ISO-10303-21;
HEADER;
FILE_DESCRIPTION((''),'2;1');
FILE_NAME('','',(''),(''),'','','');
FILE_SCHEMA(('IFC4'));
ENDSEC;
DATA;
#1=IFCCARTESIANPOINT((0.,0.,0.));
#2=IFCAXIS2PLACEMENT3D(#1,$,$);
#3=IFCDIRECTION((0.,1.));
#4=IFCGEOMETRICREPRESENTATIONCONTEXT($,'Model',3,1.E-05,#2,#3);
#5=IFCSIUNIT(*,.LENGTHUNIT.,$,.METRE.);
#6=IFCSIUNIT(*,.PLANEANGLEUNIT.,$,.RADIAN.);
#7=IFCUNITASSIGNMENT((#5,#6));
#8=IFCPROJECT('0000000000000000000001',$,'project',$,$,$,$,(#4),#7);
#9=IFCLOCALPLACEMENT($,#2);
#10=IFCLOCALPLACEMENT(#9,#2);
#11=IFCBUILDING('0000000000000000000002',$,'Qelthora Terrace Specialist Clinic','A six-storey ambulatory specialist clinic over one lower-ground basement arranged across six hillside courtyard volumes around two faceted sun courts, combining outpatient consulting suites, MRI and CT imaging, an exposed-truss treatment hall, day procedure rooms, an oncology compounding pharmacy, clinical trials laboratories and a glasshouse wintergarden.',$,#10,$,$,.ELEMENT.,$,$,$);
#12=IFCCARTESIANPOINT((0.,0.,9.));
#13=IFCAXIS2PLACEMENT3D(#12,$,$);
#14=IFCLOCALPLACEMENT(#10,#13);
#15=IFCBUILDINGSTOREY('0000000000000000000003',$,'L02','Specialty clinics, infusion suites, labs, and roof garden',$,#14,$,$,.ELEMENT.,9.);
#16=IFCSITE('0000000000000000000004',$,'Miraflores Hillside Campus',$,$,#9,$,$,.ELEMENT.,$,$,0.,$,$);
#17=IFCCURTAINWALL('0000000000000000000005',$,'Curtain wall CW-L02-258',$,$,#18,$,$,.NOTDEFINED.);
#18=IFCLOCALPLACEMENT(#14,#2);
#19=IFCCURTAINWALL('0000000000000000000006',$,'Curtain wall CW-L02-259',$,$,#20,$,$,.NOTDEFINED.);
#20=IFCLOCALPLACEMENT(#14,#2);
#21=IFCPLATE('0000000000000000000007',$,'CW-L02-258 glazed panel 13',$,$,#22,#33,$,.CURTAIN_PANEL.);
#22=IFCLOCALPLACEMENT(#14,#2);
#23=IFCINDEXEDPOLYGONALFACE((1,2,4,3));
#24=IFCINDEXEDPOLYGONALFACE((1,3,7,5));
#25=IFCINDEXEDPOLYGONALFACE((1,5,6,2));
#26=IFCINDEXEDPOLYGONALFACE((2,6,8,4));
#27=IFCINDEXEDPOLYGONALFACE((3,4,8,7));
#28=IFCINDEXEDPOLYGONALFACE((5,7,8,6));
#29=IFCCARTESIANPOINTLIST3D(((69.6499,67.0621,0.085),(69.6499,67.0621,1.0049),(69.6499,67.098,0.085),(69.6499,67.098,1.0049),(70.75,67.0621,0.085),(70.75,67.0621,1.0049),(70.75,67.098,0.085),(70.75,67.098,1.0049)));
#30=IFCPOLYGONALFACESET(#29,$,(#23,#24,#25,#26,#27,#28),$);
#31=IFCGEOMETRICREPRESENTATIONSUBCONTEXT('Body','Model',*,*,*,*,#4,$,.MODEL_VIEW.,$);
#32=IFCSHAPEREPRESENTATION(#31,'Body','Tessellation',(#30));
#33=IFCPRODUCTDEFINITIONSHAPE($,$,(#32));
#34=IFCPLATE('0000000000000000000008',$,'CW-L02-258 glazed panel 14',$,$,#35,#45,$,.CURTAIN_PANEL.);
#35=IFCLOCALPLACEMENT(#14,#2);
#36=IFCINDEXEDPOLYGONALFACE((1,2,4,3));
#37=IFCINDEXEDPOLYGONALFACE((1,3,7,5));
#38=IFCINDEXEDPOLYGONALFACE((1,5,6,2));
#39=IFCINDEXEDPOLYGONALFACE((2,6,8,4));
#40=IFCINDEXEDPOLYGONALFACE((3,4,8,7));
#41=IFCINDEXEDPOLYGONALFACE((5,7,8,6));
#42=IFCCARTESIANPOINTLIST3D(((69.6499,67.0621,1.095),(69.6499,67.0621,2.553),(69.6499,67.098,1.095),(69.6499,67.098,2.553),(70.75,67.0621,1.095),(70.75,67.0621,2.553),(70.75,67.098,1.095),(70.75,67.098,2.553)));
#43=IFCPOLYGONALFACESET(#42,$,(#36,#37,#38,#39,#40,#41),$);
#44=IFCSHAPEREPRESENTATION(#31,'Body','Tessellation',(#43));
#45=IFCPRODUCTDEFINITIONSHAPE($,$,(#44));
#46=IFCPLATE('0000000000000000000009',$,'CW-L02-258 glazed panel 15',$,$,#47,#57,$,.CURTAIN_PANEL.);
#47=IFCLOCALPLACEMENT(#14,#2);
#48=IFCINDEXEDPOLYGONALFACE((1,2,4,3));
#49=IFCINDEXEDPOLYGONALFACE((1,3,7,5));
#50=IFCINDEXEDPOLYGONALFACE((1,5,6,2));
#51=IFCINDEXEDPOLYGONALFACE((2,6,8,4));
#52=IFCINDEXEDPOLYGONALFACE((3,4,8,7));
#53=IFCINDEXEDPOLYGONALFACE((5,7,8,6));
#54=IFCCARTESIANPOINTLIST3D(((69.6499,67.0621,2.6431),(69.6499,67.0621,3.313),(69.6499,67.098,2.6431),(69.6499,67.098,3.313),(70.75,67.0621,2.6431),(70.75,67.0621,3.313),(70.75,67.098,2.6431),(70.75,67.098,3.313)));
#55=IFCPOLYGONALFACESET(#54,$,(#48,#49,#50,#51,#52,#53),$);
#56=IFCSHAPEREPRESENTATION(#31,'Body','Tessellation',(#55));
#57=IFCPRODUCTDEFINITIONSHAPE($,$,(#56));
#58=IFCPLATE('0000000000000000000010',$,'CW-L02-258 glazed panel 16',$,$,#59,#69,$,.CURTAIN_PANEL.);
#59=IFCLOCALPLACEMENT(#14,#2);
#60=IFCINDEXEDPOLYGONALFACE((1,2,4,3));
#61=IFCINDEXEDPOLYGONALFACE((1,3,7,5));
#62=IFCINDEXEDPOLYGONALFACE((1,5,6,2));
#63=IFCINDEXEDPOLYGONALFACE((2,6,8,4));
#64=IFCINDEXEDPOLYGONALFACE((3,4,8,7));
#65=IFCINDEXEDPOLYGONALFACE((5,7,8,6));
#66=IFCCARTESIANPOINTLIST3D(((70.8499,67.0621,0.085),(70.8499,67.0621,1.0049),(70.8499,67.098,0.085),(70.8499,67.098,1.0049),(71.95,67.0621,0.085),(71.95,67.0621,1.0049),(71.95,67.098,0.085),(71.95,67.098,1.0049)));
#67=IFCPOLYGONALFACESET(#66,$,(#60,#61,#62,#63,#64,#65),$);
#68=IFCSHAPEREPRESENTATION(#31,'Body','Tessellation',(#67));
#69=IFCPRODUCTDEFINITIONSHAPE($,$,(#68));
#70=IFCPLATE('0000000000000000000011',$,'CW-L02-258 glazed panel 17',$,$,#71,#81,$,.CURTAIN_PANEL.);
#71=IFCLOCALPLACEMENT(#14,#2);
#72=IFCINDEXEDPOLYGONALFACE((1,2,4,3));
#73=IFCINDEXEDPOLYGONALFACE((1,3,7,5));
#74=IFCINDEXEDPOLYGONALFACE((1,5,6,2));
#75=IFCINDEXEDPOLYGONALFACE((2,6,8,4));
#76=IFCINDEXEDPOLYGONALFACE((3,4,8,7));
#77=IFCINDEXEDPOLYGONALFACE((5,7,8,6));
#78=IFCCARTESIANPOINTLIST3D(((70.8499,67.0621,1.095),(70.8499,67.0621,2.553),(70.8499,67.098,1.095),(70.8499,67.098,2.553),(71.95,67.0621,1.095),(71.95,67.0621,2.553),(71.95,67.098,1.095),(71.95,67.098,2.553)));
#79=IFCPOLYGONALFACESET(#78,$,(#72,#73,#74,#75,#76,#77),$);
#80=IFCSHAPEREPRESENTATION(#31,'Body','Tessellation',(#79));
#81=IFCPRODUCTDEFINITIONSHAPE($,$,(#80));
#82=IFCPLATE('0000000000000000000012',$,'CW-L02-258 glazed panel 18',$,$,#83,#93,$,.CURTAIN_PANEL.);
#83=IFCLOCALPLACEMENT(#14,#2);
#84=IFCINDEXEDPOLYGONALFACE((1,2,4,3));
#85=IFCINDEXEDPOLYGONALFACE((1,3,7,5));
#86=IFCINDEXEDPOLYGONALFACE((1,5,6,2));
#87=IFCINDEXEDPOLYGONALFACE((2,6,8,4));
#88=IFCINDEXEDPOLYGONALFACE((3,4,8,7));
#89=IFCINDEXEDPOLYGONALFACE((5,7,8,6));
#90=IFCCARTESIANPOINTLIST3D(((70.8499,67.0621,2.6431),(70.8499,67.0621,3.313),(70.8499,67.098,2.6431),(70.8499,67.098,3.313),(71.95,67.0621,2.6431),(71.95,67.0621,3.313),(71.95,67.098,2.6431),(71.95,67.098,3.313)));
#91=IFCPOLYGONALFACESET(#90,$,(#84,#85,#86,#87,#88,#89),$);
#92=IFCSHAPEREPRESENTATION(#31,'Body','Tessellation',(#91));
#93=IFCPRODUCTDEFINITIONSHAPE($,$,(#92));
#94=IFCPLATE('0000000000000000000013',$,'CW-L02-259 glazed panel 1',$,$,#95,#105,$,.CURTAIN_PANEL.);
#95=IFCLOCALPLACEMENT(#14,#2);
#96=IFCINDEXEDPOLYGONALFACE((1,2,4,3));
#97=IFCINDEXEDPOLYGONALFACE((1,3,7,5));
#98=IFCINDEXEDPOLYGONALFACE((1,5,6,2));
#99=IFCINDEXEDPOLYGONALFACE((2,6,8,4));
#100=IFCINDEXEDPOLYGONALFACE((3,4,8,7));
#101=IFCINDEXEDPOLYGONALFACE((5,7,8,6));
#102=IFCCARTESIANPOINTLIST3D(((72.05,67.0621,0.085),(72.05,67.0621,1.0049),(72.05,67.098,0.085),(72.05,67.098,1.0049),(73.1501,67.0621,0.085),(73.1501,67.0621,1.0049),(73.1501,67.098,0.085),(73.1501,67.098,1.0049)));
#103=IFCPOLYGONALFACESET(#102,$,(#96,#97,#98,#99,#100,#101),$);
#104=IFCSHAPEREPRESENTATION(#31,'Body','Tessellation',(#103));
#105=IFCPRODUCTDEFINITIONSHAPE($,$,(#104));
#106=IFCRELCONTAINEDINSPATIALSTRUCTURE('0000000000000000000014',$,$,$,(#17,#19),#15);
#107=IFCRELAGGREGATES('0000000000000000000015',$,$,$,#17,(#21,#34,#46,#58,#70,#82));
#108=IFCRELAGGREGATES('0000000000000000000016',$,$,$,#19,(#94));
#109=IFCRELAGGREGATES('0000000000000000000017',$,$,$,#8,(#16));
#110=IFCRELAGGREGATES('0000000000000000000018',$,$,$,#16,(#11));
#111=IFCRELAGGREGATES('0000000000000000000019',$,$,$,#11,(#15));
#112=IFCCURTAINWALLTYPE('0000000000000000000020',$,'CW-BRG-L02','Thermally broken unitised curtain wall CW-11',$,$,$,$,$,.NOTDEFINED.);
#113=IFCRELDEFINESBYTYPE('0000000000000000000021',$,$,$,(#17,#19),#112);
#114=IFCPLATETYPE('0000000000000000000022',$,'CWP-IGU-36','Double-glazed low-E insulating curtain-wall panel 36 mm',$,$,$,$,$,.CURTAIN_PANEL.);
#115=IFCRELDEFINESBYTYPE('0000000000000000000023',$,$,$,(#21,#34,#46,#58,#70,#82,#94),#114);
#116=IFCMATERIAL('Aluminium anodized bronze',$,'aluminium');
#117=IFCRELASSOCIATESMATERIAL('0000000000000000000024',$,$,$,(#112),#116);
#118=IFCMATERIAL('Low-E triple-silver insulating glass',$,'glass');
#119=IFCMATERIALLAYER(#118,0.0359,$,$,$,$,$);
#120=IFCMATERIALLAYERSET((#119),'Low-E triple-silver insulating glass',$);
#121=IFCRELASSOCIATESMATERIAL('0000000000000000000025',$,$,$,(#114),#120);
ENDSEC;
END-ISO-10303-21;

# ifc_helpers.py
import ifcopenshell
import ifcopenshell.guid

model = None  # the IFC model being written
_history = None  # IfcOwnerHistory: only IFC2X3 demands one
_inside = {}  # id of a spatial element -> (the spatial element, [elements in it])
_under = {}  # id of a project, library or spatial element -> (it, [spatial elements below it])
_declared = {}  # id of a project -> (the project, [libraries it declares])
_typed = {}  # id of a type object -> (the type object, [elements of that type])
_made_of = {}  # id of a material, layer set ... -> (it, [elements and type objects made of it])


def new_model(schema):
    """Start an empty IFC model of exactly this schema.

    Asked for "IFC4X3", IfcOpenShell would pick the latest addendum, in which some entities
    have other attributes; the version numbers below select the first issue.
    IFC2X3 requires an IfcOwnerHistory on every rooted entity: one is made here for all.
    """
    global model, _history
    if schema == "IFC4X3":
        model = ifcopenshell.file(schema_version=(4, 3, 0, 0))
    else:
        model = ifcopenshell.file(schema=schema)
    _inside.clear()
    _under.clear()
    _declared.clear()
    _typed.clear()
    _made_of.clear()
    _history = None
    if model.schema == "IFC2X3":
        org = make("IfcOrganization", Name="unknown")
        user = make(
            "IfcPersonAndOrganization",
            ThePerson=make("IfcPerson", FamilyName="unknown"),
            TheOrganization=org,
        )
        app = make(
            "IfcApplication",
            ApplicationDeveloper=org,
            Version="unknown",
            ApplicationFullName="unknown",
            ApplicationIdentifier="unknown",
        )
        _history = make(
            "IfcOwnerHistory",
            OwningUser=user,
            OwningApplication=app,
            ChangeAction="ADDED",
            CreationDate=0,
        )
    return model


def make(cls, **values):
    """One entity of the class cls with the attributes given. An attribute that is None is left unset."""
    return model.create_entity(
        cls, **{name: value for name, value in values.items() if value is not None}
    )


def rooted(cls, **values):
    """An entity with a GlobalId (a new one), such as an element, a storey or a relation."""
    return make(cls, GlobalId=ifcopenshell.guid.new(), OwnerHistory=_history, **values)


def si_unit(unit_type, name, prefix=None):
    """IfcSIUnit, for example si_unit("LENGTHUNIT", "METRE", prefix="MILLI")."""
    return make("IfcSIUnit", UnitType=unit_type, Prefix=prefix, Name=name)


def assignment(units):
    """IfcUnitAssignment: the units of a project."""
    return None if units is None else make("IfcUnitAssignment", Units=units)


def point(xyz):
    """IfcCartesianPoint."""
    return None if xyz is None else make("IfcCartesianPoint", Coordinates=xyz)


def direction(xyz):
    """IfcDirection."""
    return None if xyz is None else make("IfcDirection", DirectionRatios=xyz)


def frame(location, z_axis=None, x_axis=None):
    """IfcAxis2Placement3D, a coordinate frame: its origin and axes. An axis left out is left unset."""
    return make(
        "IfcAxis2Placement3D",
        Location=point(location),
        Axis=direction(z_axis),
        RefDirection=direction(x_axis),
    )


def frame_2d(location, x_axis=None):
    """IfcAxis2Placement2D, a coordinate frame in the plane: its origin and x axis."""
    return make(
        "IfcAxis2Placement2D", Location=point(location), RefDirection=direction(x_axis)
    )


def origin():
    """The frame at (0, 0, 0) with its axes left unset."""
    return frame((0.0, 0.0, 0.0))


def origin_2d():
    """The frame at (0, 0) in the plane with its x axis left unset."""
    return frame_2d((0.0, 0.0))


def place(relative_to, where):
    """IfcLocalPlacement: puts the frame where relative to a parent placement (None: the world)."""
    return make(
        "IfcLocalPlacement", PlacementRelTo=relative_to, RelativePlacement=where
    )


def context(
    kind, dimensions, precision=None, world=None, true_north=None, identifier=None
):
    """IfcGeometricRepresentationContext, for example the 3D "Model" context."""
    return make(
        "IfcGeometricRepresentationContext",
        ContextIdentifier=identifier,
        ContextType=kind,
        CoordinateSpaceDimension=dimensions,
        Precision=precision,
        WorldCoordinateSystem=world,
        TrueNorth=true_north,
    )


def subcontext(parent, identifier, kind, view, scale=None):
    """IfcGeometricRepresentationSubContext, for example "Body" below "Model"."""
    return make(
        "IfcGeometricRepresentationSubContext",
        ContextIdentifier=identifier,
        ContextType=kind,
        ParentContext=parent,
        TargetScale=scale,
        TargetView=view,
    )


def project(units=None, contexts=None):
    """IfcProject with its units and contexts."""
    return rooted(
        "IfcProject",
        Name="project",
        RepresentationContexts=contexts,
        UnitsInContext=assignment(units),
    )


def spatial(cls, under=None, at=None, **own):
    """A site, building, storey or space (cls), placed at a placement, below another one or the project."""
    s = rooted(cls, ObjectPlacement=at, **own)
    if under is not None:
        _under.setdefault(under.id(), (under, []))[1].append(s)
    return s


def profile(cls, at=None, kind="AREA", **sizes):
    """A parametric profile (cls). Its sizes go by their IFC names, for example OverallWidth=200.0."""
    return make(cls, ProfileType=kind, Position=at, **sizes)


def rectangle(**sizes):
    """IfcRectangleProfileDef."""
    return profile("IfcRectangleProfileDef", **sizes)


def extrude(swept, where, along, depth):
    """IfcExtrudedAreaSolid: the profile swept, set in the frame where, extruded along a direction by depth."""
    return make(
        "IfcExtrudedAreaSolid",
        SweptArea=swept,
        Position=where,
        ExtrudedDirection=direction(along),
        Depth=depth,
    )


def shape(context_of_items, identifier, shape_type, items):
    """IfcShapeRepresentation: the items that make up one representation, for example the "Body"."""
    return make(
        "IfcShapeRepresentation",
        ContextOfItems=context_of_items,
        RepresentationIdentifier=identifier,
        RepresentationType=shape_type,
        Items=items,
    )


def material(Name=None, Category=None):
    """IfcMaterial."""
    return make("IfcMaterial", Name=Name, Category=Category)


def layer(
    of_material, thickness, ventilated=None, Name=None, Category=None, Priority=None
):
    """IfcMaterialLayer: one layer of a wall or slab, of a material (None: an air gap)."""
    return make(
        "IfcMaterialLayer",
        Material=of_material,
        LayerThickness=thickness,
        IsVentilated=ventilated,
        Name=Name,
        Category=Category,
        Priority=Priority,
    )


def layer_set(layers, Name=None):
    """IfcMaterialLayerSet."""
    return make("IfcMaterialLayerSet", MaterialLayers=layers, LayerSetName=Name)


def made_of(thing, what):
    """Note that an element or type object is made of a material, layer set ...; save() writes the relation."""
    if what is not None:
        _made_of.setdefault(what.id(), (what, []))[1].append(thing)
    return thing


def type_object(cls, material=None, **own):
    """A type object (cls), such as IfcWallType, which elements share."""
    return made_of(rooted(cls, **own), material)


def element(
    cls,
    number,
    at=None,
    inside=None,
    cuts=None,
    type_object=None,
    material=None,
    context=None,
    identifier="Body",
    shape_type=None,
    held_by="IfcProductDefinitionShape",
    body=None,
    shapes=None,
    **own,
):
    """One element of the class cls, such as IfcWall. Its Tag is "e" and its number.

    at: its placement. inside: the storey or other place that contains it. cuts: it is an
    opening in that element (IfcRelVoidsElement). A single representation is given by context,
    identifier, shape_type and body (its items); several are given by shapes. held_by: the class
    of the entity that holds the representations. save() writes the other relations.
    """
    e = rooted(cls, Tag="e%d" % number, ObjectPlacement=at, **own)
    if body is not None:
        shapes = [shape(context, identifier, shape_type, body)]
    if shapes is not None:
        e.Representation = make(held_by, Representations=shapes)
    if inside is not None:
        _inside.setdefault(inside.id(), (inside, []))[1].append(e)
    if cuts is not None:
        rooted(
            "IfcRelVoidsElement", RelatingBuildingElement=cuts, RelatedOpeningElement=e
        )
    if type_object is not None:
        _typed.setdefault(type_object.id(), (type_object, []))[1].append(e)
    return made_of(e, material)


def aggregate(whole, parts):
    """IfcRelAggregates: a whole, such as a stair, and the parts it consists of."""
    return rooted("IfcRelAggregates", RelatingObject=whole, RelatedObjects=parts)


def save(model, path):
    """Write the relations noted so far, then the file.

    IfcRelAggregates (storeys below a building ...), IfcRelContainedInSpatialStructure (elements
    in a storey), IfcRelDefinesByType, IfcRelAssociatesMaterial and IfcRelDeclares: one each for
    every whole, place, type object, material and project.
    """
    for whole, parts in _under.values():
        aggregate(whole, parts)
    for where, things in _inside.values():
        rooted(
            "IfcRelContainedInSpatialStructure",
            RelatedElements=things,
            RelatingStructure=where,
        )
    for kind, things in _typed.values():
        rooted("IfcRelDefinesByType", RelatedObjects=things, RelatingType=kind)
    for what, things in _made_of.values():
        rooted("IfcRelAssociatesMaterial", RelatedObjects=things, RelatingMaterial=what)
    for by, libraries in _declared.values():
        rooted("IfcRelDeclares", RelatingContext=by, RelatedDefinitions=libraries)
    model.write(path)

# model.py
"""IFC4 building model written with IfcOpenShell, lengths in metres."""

from ifc_helpers import new_model, si_unit, direction, frame, origin, origin_2d, place, context, subcontext, project, spatial, rectangle, extrude, material, layer, layer_set, type_object, element, aggregate, save


model = new_model("IFC4")

# Units and contexts
model_context = context("Model", 3, precision=1e-05, world=origin(), true_north=direction((0.0, 1.0)))
body_context = subcontext(model_context, "Body", "Model", "MODEL_VIEW")
ifc_project = project(units=[si_unit("LENGTHUNIT", "METRE"), si_unit("PLANEANGLEUNIT", "RADIAN")], contexts=[model_context])

# Site, building, storey
site_placement = place(None, origin())
site = spatial("IfcSite", under=ifc_project, at=site_placement, Name="Miraflores Hillside Campus", CompositionType="ELEMENT", RefElevation=0.0)
building_placement = place(site_placement, origin())
building = spatial("IfcBuilding", under=site, at=building_placement, Name="Qelthora Terrace Specialist Clinic", Description="A six-storey ambulatory specialist clinic over one lower-ground basement arranged across six hillside courtyard volumes around two faceted sun courts, combining outpatient consulting suites, MRI and CT imaging, an exposed-truss treatment hall, day procedure rooms, an oncology compounding pharmacy, clinical trials laboratories and a glasshouse wintergarden.", CompositionType="ELEMENT")
storey_placement = place(building_placement, frame((0.0, 0.0, 9.0)))
storey = spatial("IfcBuildingStorey", under=building, at=storey_placement, Name="L02", Description="Specialty clinics, infusion suites, labs, and roof garden", CompositionType="ELEMENT", Elevation=9.0)

# Curtain walls
ifc_material_1 = material(Name="Aluminium anodized bronze", Category="aluminium")
curtain_wall_type = type_object("IfcCurtainWallType", Name="CW-BRG-L02", Description="Thermally broken unitised curtain wall CW-11", PredefinedType="NOTDEFINED", material=ifc_material_1)
curtain_wall_1_placement = place(storey_placement, origin())
curtain_wall_1 = element("IfcCurtainWall", 1, at=curtain_wall_1_placement, inside=storey, type_object=curtain_wall_type, Name="Curtain wall CW-L02-258", PredefinedType="NOTDEFINED")
curtain_wall_2_placement = place(storey_placement, origin())
curtain_wall_2 = element("IfcCurtainWall", 2, at=curtain_wall_2_placement, inside=storey, type_object=curtain_wall_type, Name="Curtain wall CW-L02-259", PredefinedType="NOTDEFINED")

# Plates
ifc_material_2 = material(Name="Low-E triple-silver insulating glass", Category="glass")
ifc_layer = layer(ifc_material_2, 0.0359)
ifc_layer_set = layer_set([ifc_layer], Name="Low-E triple-silver insulating glass")
plate_type = type_object("IfcPlateType", Name="CWP-IGU-36", Description="Double-glazed low-E insulating curtain-wall panel 36 mm", PredefinedType="CURTAIN_PANEL", material=ifc_layer_set)
plate_1_placement = place(storey_placement, frame((70.2, 67.0801, 0.085), z_axis=(0.0, 0.0, 1.0), x_axis=(1.0, 0.0, 0.0)))
plate_1 = element("IfcPlate", 3, at=plate_1_placement, type_object=plate_type, Name="CW-L02-258 glazed panel 13", PredefinedType="CURTAIN_PANEL", context=body_context, shape_type="SweptSolid", body=[
    extrude(rectangle(XDim=1.1001, YDim=0.0359, at=origin_2d()), origin(), (0.0, 0.0, 1.0), 0.9199),
])
plate_2_placement = place(storey_placement, frame((70.2, 67.0801, 1.095), z_axis=(0.0, 0.0, 1.0), x_axis=(1.0, 0.0, 0.0)))
plate_2 = element("IfcPlate", 4, at=plate_2_placement, type_object=plate_type, Name="CW-L02-258 glazed panel 14", PredefinedType="CURTAIN_PANEL", context=body_context, shape_type="SweptSolid", body=[
    extrude(rectangle(XDim=1.1001, YDim=0.0359, at=origin_2d()), origin(), (0.0, 0.0, 1.0), 1.458),
])
plate_3_placement = place(storey_placement, frame((70.2, 67.0801, 2.6431), z_axis=(0.0, 0.0, 1.0), x_axis=(1.0, 0.0, 0.0)))
plate_3 = element("IfcPlate", 5, at=plate_3_placement, type_object=plate_type, Name="CW-L02-258 glazed panel 15", PredefinedType="CURTAIN_PANEL", context=body_context, shape_type="SweptSolid", body=[
    extrude(rectangle(XDim=1.1001, YDim=0.0359, at=origin_2d()), origin(), (0.0, 0.0, 1.0), 0.6699),
])
plate_4_placement = place(storey_placement, frame((71.3999, 67.0801, 0.085), z_axis=(0.0, 0.0, 1.0), x_axis=(1.0, 0.0, 0.0)))
plate_4 = element("IfcPlate", 6, at=plate_4_placement, type_object=plate_type, Name="CW-L02-258 glazed panel 16", PredefinedType="CURTAIN_PANEL", context=body_context, shape_type="SweptSolid", body=[
    extrude(rectangle(XDim=1.1001, YDim=0.0359, at=origin_2d()), origin(), (0.0, 0.0, 1.0), 0.9199),
])
plate_5_placement = place(storey_placement, frame((71.3999, 67.0801, 1.095), z_axis=(0.0, 0.0, 1.0), x_axis=(1.0, 0.0, 0.0)))
plate_5 = element("IfcPlate", 7, at=plate_5_placement, type_object=plate_type, Name="CW-L02-258 glazed panel 17", PredefinedType="CURTAIN_PANEL", context=body_context, shape_type="SweptSolid", body=[
    extrude(rectangle(XDim=1.1001, YDim=0.0359, at=origin_2d()), origin(), (0.0, 0.0, 1.0), 1.458),
])
plate_6_placement = place(storey_placement, frame((71.3999, 67.0801, 2.6431), z_axis=(0.0, 0.0, 1.0), x_axis=(1.0, 0.0, 0.0)))
plate_6 = element("IfcPlate", 8, at=plate_6_placement, type_object=plate_type, Name="CW-L02-258 glazed panel 18", PredefinedType="CURTAIN_PANEL", context=body_context, shape_type="SweptSolid", body=[
    extrude(rectangle(XDim=1.1001, YDim=0.0359, at=origin_2d()), origin(), (0.0, 0.0, 1.0), 0.6699),
])
aggregate(curtain_wall_1, [plate_1, plate_2, plate_3, plate_4, plate_5, plate_6])
plate_7_placement = place(storey_placement, frame((72.6001, 67.0801, 0.085), z_axis=(0.0, 0.0, 1.0), x_axis=(1.0, 0.0, 0.0)))
plate_7 = element("IfcPlate", 9, at=plate_7_placement, type_object=plate_type, Name="CW-L02-259 glazed panel 1", PredefinedType="CURTAIN_PANEL", context=body_context, shape_type="SweptSolid", body=[
    extrude(rectangle(XDim=1.1001, YDim=0.0359, at=origin_2d()), origin(), (0.0, 0.0, 1.0), 0.9199),
])
aggregate(curtain_wall_2, [plate_7])

save(model, "model.ifc")
